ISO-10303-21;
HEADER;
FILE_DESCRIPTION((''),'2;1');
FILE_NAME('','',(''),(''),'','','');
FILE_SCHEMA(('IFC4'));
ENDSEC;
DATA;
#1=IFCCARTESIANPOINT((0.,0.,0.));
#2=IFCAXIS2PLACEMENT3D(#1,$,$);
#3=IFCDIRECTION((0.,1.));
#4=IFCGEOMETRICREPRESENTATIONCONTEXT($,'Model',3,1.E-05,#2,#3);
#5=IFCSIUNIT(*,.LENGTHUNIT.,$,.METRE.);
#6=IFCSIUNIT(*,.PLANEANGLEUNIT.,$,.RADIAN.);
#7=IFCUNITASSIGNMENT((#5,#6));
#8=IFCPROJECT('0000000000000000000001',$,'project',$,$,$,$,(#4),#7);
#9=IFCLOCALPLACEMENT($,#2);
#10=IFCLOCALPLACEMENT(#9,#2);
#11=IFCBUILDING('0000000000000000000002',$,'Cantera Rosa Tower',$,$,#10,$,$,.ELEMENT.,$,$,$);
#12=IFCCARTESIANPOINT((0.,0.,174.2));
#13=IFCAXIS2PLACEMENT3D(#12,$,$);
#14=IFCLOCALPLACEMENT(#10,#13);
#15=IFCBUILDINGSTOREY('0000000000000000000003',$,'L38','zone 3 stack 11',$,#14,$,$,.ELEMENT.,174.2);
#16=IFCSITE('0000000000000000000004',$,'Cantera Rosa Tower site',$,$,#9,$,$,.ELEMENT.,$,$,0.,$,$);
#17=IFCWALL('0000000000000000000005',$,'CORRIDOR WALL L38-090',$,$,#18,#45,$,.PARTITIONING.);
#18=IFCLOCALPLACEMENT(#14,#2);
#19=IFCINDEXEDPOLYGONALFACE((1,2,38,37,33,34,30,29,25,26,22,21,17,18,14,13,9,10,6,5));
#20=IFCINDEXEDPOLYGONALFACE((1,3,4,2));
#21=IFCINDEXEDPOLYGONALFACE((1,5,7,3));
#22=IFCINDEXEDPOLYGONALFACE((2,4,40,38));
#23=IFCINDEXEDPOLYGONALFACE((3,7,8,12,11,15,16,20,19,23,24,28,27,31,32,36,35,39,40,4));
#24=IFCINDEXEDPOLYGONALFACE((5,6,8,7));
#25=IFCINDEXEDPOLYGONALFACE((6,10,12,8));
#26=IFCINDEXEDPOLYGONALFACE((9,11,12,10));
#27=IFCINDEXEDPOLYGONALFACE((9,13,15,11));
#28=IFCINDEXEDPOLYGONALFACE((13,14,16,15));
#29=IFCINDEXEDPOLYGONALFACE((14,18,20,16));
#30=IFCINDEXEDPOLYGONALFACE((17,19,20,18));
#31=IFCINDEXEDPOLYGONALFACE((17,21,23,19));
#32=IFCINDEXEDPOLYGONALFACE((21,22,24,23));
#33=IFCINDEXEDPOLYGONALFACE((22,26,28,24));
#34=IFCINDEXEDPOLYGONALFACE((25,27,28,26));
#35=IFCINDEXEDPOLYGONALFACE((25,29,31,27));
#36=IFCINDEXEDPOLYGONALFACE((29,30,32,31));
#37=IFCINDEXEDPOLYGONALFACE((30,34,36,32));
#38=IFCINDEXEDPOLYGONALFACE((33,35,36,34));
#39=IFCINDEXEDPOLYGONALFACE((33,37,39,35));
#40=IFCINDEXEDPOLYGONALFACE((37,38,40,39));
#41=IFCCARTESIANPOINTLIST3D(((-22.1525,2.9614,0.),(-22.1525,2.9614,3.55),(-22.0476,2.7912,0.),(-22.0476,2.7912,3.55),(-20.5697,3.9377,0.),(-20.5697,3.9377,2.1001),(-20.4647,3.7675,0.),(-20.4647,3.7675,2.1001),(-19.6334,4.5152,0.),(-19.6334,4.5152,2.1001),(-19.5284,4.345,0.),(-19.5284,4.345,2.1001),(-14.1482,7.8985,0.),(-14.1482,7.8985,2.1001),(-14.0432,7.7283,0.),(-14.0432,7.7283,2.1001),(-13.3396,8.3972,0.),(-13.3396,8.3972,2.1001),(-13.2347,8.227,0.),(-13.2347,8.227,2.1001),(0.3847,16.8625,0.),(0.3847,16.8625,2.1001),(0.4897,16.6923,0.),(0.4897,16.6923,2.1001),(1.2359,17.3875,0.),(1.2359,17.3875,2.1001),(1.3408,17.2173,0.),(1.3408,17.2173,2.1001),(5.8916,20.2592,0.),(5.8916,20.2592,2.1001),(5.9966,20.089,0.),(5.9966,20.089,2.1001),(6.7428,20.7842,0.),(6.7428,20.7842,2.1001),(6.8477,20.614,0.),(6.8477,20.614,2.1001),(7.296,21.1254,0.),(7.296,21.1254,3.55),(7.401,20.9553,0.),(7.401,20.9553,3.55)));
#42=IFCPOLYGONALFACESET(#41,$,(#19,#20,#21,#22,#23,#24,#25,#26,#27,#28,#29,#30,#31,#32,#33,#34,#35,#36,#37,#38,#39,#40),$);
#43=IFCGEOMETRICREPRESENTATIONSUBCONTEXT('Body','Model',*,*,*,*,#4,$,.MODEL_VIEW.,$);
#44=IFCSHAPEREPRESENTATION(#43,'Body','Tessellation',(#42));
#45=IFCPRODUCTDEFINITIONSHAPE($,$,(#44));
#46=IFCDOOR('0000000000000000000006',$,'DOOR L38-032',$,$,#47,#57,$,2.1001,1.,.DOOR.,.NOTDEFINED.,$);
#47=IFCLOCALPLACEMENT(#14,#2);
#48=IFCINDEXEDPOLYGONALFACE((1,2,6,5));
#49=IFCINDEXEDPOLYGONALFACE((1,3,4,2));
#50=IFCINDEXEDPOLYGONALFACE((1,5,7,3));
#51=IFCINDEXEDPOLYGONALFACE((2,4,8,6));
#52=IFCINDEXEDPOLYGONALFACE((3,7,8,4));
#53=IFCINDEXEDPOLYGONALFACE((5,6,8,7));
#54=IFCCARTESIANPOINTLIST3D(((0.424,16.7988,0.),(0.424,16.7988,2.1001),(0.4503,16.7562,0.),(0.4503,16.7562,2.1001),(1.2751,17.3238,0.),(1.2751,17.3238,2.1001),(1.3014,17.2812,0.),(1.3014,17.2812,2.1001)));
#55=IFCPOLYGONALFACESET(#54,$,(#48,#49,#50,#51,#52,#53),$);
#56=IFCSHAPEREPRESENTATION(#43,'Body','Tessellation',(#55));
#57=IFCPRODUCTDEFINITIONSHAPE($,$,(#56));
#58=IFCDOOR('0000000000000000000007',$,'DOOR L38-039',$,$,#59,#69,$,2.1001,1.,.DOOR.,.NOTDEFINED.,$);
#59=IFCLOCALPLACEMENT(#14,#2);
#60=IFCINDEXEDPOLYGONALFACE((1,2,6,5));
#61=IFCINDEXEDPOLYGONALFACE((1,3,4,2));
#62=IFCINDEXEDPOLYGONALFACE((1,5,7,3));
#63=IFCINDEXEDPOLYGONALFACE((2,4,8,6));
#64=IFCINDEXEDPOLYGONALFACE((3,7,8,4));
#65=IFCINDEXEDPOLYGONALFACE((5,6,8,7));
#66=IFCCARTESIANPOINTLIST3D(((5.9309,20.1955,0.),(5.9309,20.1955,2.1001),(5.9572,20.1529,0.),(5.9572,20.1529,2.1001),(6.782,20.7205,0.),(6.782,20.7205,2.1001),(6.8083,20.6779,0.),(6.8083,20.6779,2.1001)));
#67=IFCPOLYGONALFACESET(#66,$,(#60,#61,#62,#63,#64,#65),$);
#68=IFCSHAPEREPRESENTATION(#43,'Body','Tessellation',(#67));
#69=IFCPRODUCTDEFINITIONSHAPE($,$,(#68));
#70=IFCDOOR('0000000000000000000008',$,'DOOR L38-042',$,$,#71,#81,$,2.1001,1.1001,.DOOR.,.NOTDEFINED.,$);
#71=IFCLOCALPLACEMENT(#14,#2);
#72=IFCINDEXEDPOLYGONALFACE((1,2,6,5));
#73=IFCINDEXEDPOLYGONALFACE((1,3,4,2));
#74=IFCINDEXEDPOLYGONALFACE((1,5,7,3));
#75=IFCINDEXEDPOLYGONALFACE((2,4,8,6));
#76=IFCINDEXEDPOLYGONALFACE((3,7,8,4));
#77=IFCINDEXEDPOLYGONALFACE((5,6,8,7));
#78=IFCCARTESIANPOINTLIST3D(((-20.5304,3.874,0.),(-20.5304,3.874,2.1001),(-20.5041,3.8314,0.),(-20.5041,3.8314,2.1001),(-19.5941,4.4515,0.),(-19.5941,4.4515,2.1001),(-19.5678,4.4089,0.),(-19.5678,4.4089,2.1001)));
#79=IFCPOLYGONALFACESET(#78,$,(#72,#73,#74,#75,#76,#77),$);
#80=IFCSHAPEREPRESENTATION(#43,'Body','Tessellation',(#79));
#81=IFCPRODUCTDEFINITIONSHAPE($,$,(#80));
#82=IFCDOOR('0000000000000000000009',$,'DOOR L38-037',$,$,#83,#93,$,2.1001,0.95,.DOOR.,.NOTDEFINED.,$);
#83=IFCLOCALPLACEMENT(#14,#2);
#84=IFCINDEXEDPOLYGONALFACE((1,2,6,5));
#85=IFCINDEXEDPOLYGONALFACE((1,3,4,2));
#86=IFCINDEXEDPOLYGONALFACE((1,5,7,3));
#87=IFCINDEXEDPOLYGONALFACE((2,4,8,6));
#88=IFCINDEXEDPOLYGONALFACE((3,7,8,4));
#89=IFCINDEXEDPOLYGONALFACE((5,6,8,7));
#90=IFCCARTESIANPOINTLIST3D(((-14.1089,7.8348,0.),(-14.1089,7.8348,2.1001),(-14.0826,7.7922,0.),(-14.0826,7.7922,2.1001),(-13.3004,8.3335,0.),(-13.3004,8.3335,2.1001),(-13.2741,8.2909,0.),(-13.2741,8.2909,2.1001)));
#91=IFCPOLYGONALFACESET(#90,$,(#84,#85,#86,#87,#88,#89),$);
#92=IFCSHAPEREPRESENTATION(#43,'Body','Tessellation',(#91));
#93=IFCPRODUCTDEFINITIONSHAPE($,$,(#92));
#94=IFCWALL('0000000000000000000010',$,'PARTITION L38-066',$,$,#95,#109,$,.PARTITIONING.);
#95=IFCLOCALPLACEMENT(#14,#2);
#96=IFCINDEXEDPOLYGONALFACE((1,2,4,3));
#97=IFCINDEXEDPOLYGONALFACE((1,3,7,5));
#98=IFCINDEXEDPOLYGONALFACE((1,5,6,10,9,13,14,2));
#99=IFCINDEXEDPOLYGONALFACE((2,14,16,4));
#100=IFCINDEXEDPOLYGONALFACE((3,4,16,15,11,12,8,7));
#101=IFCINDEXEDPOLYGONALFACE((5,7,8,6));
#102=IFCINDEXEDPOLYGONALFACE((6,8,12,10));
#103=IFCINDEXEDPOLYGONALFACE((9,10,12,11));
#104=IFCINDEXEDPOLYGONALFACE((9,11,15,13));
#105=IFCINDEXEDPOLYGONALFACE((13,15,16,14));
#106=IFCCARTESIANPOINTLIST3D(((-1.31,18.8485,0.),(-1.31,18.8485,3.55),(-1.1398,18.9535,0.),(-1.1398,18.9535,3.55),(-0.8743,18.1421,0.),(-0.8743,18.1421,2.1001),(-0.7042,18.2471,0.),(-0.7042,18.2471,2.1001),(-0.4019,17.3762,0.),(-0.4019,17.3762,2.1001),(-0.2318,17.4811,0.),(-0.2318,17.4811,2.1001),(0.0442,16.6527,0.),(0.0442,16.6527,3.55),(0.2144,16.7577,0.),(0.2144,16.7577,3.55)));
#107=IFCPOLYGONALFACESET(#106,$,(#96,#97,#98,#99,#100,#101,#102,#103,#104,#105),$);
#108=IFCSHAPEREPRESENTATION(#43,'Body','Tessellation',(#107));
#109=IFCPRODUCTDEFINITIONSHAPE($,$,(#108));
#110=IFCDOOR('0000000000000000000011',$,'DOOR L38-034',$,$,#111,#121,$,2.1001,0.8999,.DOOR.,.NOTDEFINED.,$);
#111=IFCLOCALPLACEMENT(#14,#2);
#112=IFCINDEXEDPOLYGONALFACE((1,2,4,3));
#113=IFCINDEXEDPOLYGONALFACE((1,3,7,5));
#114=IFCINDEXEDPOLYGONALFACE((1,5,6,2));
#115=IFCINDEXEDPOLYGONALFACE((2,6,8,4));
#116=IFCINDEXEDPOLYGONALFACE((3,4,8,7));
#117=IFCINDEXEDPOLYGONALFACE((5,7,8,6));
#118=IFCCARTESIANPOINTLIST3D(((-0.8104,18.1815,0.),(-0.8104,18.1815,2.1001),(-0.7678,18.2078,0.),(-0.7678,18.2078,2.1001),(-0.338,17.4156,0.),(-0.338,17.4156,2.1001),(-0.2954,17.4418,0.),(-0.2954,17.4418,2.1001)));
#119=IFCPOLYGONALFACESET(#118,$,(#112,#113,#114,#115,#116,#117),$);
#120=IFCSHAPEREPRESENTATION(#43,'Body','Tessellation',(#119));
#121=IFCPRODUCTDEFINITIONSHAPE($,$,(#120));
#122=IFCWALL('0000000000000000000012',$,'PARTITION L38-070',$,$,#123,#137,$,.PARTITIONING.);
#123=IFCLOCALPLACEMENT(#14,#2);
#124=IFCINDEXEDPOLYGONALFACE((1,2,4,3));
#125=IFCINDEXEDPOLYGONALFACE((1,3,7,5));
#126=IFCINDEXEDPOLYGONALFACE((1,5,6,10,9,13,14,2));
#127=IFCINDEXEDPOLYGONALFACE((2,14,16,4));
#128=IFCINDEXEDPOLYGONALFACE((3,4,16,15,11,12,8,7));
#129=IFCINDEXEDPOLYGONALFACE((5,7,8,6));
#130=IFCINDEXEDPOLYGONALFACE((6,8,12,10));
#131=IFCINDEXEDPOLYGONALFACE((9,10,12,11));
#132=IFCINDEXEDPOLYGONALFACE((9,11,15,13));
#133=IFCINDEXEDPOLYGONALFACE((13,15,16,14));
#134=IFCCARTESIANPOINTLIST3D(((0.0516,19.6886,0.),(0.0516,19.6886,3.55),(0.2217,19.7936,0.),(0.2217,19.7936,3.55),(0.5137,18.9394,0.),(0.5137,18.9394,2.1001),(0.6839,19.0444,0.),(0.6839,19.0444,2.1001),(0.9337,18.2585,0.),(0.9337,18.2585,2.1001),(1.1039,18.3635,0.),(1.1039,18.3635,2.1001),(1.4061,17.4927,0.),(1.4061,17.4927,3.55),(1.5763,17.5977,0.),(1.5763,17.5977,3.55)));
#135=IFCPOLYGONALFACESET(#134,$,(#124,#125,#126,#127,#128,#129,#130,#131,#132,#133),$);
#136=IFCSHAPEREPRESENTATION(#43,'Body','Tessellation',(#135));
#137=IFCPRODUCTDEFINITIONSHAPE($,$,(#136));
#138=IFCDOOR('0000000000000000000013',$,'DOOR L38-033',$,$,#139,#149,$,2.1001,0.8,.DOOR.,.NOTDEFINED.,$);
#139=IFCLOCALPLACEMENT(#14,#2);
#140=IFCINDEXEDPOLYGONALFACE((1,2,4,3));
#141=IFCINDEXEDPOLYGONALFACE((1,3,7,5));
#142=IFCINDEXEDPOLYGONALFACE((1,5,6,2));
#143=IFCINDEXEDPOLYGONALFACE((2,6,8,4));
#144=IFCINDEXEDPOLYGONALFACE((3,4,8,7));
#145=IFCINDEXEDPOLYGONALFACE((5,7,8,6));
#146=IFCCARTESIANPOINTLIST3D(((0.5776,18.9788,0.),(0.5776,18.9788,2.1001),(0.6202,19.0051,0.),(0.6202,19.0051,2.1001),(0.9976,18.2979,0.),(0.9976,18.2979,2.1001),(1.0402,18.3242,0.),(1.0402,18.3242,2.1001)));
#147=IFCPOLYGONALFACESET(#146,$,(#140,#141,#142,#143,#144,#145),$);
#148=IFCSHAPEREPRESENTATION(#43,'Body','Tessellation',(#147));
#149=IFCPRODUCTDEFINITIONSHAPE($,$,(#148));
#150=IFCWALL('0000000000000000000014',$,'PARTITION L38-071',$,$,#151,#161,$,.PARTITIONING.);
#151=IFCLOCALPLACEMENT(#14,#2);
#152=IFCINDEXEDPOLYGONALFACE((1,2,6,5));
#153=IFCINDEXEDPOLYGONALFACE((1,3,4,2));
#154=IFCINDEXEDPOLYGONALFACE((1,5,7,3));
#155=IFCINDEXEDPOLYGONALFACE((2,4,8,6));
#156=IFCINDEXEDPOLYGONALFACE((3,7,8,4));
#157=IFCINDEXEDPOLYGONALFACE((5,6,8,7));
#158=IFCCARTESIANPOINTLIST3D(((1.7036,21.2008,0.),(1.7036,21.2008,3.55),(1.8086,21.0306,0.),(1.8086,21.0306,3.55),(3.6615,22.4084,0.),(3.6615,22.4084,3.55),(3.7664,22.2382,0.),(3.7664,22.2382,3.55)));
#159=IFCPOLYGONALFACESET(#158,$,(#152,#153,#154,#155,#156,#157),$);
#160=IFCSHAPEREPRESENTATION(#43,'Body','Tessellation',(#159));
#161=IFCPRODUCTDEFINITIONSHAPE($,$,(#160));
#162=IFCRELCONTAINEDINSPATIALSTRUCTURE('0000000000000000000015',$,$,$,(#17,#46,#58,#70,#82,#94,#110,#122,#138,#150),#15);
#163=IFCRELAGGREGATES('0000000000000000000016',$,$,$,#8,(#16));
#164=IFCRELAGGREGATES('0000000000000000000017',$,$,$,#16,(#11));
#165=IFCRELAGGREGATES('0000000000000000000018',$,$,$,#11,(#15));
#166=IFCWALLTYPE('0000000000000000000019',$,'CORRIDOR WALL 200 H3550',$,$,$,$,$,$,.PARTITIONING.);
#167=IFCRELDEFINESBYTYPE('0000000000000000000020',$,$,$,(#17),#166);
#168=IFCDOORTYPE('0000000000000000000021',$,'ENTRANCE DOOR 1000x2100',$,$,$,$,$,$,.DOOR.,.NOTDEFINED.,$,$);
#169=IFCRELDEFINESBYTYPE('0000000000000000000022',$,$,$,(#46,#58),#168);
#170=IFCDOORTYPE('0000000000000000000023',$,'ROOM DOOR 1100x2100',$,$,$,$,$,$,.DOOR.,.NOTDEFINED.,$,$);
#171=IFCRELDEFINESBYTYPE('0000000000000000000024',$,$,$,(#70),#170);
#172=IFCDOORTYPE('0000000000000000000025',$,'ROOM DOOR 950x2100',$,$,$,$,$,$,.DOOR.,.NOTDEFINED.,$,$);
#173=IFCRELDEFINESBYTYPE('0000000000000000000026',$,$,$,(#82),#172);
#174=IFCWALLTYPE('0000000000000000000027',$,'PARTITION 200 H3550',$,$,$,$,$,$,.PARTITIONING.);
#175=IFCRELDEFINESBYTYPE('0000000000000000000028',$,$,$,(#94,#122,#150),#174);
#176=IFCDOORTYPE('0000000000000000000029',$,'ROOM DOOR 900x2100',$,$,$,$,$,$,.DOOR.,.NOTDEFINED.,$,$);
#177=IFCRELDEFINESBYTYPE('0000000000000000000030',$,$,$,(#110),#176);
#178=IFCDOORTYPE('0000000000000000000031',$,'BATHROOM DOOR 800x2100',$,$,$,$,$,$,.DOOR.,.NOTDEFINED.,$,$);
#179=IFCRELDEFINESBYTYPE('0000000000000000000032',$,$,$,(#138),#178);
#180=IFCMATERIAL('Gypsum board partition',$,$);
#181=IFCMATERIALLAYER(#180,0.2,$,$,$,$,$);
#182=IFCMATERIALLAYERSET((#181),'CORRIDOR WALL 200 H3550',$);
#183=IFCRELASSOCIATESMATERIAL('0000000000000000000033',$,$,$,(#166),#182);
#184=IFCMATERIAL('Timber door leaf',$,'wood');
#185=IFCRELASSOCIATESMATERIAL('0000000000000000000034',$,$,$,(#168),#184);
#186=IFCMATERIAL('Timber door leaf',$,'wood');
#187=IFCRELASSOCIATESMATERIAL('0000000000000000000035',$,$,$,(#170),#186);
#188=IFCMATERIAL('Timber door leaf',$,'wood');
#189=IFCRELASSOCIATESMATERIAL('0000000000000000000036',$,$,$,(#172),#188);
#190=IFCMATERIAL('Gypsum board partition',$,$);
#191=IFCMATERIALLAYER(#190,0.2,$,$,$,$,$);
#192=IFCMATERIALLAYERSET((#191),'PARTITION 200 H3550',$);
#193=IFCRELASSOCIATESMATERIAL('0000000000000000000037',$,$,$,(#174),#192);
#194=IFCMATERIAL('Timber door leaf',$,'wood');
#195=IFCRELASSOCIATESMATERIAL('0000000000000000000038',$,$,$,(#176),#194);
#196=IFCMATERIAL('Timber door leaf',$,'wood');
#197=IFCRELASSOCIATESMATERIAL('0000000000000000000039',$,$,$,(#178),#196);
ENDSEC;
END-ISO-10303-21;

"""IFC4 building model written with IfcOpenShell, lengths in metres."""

from ifc_helpers import new_model, si_unit, direction, frame, frame_2d, origin, place, context, subcontext, project, spatial, rectangle, extrude, material, layer, layer_set, type_object, element, fill, save


model = new_model("IFC4")

# Units and contexts
model_context = context("Model", 3, precision=1e-05, world=origin(), true_north=direction((0.0, 1.0)))
body_context = subcontext(model_context, "Body", "Model", "MODEL_VIEW")
ifc_project = project(units=[si_unit("LENGTHUNIT", "METRE"), si_unit("PLANEANGLEUNIT", "RADIAN")], contexts=[model_context])

# Site, building, storey
site_placement = place(None, origin())
site = spatial("IfcSite", under=ifc_project, at=site_placement, Name="Cantera Rosa Tower site", CompositionType="ELEMENT", RefElevation=0.0)
building_placement = place(site_placement, origin())
building = spatial("IfcBuilding", under=site, at=building_placement, Name="Cantera Rosa Tower", CompositionType="ELEMENT")
storey_placement = place(building_placement, frame((0.0, 0.0, 174.2)))
storey = spatial("IfcBuildingStorey", under=building, at=storey_placement, Name="L38", Description="zone 3 stack 11", CompositionType="ELEMENT", Elevation=174.2)

# Shared definitions
ifc_material_1 = material(Name="Gypsum board partition")
ifc_layer_1 = layer(ifc_material_1, 0.2)
ifc_layer_set_1 = layer_set([ifc_layer_1], Name="CORRIDOR WALL 200 H3550")
wall_type_1 = type_object("IfcWallType", Name="CORRIDOR WALL 200 H3550", PredefinedType="PARTITIONING", material=ifc_layer_set_1)

# Wall, openings, doors
wall_1_placement = place(storey_placement, frame((7.3484, 21.0403, 0.0), z_axis=(0.0, 0.0, 1.0), x_axis=(-0.851117, -0.524976, 0.0)))
wall_1 = element("IfcWall", 1, at=wall_1_placement, inside=storey, type_object=wall_type_1, Name="CORRIDOR WALL L38-090", PredefinedType="PARTITIONING", context=body_context, shape_type="SweptSolid", body=[
    extrude(rectangle(XDim=34.5999, YDim=0.2, at=frame_2d((17.2998, 0.0))), origin(), (0.0, 0.0, 1.0), 3.55),
])
opening_1_placement = place(wall_1_placement, frame((7.1201, 0.0, 0.0)))
opening_1 = element("IfcOpeningElement", 2, at=opening_1_placement, cuts=wall_1, PredefinedType="OPENING", context=body_context, shape_type="SweptSolid", body=[
    extrude(rectangle(XDim=1.0, YDim=2.1001, at=frame_2d((0.5, 1.05))), frame((0.0, 0.1099, 0.0), z_axis=(0.0, -1.0, 0.0), x_axis=(1.0, 0.0, 0.0)), (0.0, 0.0, 1.0), 0.22),
])
opening_2_placement = place(wall_1_placement, frame((24.2451, 0.0, 0.0)))
opening_2 = element("IfcOpeningElement", 3, at=opening_2_placement, cuts=wall_1, PredefinedType="OPENING", context=body_context, shape_type="SweptSolid", body=[
    extrude(rectangle(XDim=0.95, YDim=2.1001, at=frame_2d((0.4751, 1.05))), frame((0.0, 0.1099, 0.0), z_axis=(0.0, -1.0, 0.0), x_axis=(1.0, 0.0, 0.0)), (0.0, 0.0, 1.0), 0.22),
])
opening_3_placement = place(wall_1_placement, frame((0.6499, 0.0, 0.0)))
opening_3 = element("IfcOpeningElement", 4, at=opening_3_placement, cuts=wall_1, PredefinedType="OPENING", context=body_context, shape_type="SweptSolid", body=[
    extrude(rectangle(XDim=1.0, YDim=2.1001, at=frame_2d((0.5, 1.05))), frame((0.0, 0.1099, 0.0), z_axis=(0.0, -1.0, 0.0), x_axis=(1.0, 0.0, 0.0)), (0.0, 0.0, 1.0), 0.22),
])
opening_4_placement = place(wall_1_placement, frame((31.6399, 0.0, 0.0)))
opening_4 = element("IfcOpeningElement", 5, at=opening_4_placement, cuts=wall_1, PredefinedType="OPENING", context=body_context, shape_type="SweptSolid", body=[
    extrude(rectangle(XDim=1.1001, YDim=2.1001, at=frame_2d((0.55, 1.05))), frame((0.0, 0.1099, 0.0), z_axis=(0.0, -1.0, 0.0), x_axis=(1.0, 0.0, 0.0)), (0.0, 0.0, 1.0), 0.22),
])
ifc_material_2 = material(Name="Timber door leaf", Category="wood")
door_type_1 = type_object("IfcDoorType", Name="ENTRANCE DOOR 1000x2100", OperationType="NOTDEFINED", PredefinedType="DOOR", material=ifc_material_2)
door_1_placement = place(opening_1_placement, origin())
door_1 = element("IfcDoor", 6, at=door_1_placement, inside=storey, type_object=door_type_1, Name="DOOR L38-032", OperationType="NOTDEFINED", OverallHeight=2.1001, OverallWidth=1.0, PredefinedType="DOOR", context=body_context, shape_type="SweptSolid", body=[
    extrude(rectangle(XDim=1.0, YDim=2.1001, at=frame_2d((0.5, 1.05))), frame((0.0, 0.0249, 0.0), z_axis=(0.0, -1.0, 0.0), x_axis=(1.0, 0.0, 0.0)), (0.0, 0.0, 1.0), 0.05),
])
fill(opening_1, door_1)
door_2_placement = place(opening_3_placement, origin())
door_2 = element("IfcDoor", 7, at=door_2_placement, inside=storey, type_object=door_type_1, Name="DOOR L38-039", OperationType="NOTDEFINED", OverallHeight=2.1001, OverallWidth=1.0, PredefinedType="DOOR", context=body_context, shape_type="SweptSolid", body=[
    extrude(rectangle(XDim=1.0, YDim=2.1001, at=frame_2d((0.5, 1.05))), frame((0.0, 0.0249, 0.0), z_axis=(0.0, -1.0, 0.0), x_axis=(1.0, 0.0, 0.0)), (0.0, 0.0, 1.0), 0.05),
])
fill(opening_3, door_2)
ifc_material_3 = material(Name="Timber door leaf", Category="wood")
door_type_2 = type_object("IfcDoorType", Name="ROOM DOOR 1100x2100", OperationType="NOTDEFINED", PredefinedType="DOOR", material=ifc_material_3)
door_3_placement = place(opening_4_placement, origin())
door_3 = element("IfcDoor", 8, at=door_3_placement, inside=storey, type_object=door_type_2, Name="DOOR L38-042", OperationType="NOTDEFINED", OverallHeight=2.1001, OverallWidth=1.1001, PredefinedType="DOOR", context=body_context, shape_type="SweptSolid", body=[
    extrude(rectangle(XDim=1.1001, YDim=2.1001, at=frame_2d((0.55, 1.05))), frame((0.0, 0.0249, 0.0), z_axis=(0.0, -1.0, 0.0), x_axis=(1.0, 0.0, 0.0)), (0.0, 0.0, 1.0), 0.05),
])
fill(opening_4, door_3)
ifc_material_4 = material(Name="Timber door leaf", Category="wood")
door_type_3 = type_object("IfcDoorType", Name="ROOM DOOR 950x2100", OperationType="NOTDEFINED", PredefinedType="DOOR", material=ifc_material_4)
door_4_placement = place(opening_2_placement, origin())
door_4 = element("IfcDoor", 9, at=door_4_placement, inside=storey, type_object=door_type_3, Name="DOOR L38-037", OperationType="NOTDEFINED", OverallHeight=2.1001, OverallWidth=0.95, PredefinedType="DOOR", context=body_context, shape_type="SweptSolid", body=[
    extrude(rectangle(XDim=0.95, YDim=2.1001, at=frame_2d((0.4751, 1.05))), frame((0.0, 0.0249, 0.0), z_axis=(0.0, -1.0, 0.0), x_axis=(1.0, 0.0, 0.0)), (0.0, 0.0, 1.0), 0.05),
])
fill(opening_2, door_4)

# Walls, openings, doors
ifc_material_5 = material(Name="Gypsum board partition")
ifc_layer_2 = layer(ifc_material_5, 0.2)
ifc_layer_set_2 = layer_set([ifc_layer_2], Name="PARTITION 200 H3550")
wall_type_2 = type_object("IfcWallType", Name="PARTITION 200 H3550", PredefinedType="PARTITIONING", material=ifc_layer_set_2)
wall_2_placement = place(storey_placement, frame((0.1294, 16.7051, 0.0), z_axis=(0.0, 0.0, 1.0), x_axis=(-0.524937, 0.851141, 0.0)))
wall_2 = element("IfcWall", 10, at=wall_2_placement, inside=storey, type_object=wall_type_2, Name="PARTITION L38-066", PredefinedType="PARTITIONING", context=body_context, shape_type="SweptSolid", body=[
    extrude(rectangle(XDim=2.5798, YDim=0.2, at=frame_2d((1.29, 0.0))), origin(), (0.0, 0.0, 1.0), 3.55),
])
opening_5_placement = place(wall_2_placement, frame((0.8501, 0.0, 0.0)))
opening_5 = element("IfcOpeningElement", 11, at=opening_5_placement, cuts=wall_2, PredefinedType="OPENING", context=body_context, shape_type="SweptSolid", body=[
    extrude(rectangle(XDim=0.8999, YDim=2.1001, at=frame_2d((0.45, 1.05))), frame((0.0, 0.1099, 0.0), z_axis=(0.0, -1.0, 0.0), x_axis=(1.0, 0.0, 0.0)), (0.0, 0.0, 1.0), 0.22),
])
ifc_material_6 = material(Name="Timber door leaf", Category="wood")
door_type_4 = type_object("IfcDoorType", Name="ROOM DOOR 900x2100", OperationType="NOTDEFINED", PredefinedType="DOOR", material=ifc_material_6)
door_5_placement = place(opening_5_placement, origin())
door_5 = element("IfcDoor", 12, at=door_5_placement, inside=storey, type_object=door_type_4, Name="DOOR L38-034", OperationType="NOTDEFINED", OverallHeight=2.1001, OverallWidth=0.8999, PredefinedType="DOOR", context=body_context, shape_type="SweptSolid", body=[
    extrude(rectangle(XDim=0.8999, YDim=2.1001, at=frame_2d((0.45, 1.05))), frame((0.0, 0.0249, 0.0), z_axis=(0.0, -1.0, 0.0), x_axis=(1.0, 0.0, 0.0)), (0.0, 0.0, 1.0), 0.05),
])
fill(opening_5, door_5)
wall_3_placement = place(storey_placement, frame((1.4912, 17.5452, 0.0), z_axis=(0.0, 0.0, 1.0), x_axis=(-0.525005, 0.851099, 0.0)))
wall_3 = element("IfcWall", 13, at=wall_3_placement, inside=storey, type_object=wall_type_2, Name="PARTITION L38-070", PredefinedType="PARTITIONING", context=body_context, shape_type="SweptSolid", body=[
    extrude(rectangle(XDim=2.5801, YDim=0.2, at=frame_2d((1.29, 0.0))), origin(), (0.0, 0.0, 1.0), 3.55),
])
opening_6_placement = place(wall_3_placement, frame((0.8999, 0.0, 0.0)))
opening_6 = element("IfcOpeningElement", 14, at=opening_6_placement, cuts=wall_3, PredefinedType="OPENING", context=body_context, shape_type="SweptSolid", body=[
    extrude(rectangle(XDim=0.8, YDim=2.1001, at=frame_2d((0.3999, 1.05))), frame((0.0, 0.1099, 0.0), z_axis=(0.0, -1.0, 0.0), x_axis=(1.0, 0.0, 0.0)), (0.0, 0.0, 1.0), 0.22),
])
ifc_material_7 = material(Name="Timber door leaf", Category="wood")
door_type_5 = type_object("IfcDoorType", Name="BATHROOM DOOR 800x2100", OperationType="NOTDEFINED", PredefinedType="DOOR", material=ifc_material_7)
door_6_placement = place(opening_6_placement, origin())
door_6 = element("IfcDoor", 15, at=door_6_placement, inside=storey, type_object=door_type_5, Name="DOOR L38-033", OperationType="NOTDEFINED", OverallHeight=2.1001, OverallWidth=0.8, PredefinedType="DOOR", context=body_context, shape_type="SweptSolid", body=[
    extrude(rectangle(XDim=0.8, YDim=2.1001, at=frame_2d((0.3999, 1.05))), frame((0.0, 0.0249, 0.0), z_axis=(0.0, -1.0, 0.0), x_axis=(1.0, 0.0, 0.0)), (0.0, 0.0, 1.0), 0.05),
])
fill(opening_6, door_6)

# Wall
wall_4_placement = place(storey_placement, frame((1.7561, 21.1157, 0.0), z_axis=(0.0, 0.0, 1.0), x_axis=(0.851126, 0.524962, 0.0)))
element("IfcWall", 16, at=wall_4_placement, inside=storey, type_object=wall_type_2, Name="PARTITION L38-071", PredefinedType="PARTITIONING", context=body_context, shape_type="SweptSolid", body=[
    extrude(rectangle(XDim=2.3003, YDim=0.2, at=frame_2d((1.1501, 0.0))), origin(), (0.0, 0.0, 1.0), 3.55),
])

save(model, "model.ifc")
